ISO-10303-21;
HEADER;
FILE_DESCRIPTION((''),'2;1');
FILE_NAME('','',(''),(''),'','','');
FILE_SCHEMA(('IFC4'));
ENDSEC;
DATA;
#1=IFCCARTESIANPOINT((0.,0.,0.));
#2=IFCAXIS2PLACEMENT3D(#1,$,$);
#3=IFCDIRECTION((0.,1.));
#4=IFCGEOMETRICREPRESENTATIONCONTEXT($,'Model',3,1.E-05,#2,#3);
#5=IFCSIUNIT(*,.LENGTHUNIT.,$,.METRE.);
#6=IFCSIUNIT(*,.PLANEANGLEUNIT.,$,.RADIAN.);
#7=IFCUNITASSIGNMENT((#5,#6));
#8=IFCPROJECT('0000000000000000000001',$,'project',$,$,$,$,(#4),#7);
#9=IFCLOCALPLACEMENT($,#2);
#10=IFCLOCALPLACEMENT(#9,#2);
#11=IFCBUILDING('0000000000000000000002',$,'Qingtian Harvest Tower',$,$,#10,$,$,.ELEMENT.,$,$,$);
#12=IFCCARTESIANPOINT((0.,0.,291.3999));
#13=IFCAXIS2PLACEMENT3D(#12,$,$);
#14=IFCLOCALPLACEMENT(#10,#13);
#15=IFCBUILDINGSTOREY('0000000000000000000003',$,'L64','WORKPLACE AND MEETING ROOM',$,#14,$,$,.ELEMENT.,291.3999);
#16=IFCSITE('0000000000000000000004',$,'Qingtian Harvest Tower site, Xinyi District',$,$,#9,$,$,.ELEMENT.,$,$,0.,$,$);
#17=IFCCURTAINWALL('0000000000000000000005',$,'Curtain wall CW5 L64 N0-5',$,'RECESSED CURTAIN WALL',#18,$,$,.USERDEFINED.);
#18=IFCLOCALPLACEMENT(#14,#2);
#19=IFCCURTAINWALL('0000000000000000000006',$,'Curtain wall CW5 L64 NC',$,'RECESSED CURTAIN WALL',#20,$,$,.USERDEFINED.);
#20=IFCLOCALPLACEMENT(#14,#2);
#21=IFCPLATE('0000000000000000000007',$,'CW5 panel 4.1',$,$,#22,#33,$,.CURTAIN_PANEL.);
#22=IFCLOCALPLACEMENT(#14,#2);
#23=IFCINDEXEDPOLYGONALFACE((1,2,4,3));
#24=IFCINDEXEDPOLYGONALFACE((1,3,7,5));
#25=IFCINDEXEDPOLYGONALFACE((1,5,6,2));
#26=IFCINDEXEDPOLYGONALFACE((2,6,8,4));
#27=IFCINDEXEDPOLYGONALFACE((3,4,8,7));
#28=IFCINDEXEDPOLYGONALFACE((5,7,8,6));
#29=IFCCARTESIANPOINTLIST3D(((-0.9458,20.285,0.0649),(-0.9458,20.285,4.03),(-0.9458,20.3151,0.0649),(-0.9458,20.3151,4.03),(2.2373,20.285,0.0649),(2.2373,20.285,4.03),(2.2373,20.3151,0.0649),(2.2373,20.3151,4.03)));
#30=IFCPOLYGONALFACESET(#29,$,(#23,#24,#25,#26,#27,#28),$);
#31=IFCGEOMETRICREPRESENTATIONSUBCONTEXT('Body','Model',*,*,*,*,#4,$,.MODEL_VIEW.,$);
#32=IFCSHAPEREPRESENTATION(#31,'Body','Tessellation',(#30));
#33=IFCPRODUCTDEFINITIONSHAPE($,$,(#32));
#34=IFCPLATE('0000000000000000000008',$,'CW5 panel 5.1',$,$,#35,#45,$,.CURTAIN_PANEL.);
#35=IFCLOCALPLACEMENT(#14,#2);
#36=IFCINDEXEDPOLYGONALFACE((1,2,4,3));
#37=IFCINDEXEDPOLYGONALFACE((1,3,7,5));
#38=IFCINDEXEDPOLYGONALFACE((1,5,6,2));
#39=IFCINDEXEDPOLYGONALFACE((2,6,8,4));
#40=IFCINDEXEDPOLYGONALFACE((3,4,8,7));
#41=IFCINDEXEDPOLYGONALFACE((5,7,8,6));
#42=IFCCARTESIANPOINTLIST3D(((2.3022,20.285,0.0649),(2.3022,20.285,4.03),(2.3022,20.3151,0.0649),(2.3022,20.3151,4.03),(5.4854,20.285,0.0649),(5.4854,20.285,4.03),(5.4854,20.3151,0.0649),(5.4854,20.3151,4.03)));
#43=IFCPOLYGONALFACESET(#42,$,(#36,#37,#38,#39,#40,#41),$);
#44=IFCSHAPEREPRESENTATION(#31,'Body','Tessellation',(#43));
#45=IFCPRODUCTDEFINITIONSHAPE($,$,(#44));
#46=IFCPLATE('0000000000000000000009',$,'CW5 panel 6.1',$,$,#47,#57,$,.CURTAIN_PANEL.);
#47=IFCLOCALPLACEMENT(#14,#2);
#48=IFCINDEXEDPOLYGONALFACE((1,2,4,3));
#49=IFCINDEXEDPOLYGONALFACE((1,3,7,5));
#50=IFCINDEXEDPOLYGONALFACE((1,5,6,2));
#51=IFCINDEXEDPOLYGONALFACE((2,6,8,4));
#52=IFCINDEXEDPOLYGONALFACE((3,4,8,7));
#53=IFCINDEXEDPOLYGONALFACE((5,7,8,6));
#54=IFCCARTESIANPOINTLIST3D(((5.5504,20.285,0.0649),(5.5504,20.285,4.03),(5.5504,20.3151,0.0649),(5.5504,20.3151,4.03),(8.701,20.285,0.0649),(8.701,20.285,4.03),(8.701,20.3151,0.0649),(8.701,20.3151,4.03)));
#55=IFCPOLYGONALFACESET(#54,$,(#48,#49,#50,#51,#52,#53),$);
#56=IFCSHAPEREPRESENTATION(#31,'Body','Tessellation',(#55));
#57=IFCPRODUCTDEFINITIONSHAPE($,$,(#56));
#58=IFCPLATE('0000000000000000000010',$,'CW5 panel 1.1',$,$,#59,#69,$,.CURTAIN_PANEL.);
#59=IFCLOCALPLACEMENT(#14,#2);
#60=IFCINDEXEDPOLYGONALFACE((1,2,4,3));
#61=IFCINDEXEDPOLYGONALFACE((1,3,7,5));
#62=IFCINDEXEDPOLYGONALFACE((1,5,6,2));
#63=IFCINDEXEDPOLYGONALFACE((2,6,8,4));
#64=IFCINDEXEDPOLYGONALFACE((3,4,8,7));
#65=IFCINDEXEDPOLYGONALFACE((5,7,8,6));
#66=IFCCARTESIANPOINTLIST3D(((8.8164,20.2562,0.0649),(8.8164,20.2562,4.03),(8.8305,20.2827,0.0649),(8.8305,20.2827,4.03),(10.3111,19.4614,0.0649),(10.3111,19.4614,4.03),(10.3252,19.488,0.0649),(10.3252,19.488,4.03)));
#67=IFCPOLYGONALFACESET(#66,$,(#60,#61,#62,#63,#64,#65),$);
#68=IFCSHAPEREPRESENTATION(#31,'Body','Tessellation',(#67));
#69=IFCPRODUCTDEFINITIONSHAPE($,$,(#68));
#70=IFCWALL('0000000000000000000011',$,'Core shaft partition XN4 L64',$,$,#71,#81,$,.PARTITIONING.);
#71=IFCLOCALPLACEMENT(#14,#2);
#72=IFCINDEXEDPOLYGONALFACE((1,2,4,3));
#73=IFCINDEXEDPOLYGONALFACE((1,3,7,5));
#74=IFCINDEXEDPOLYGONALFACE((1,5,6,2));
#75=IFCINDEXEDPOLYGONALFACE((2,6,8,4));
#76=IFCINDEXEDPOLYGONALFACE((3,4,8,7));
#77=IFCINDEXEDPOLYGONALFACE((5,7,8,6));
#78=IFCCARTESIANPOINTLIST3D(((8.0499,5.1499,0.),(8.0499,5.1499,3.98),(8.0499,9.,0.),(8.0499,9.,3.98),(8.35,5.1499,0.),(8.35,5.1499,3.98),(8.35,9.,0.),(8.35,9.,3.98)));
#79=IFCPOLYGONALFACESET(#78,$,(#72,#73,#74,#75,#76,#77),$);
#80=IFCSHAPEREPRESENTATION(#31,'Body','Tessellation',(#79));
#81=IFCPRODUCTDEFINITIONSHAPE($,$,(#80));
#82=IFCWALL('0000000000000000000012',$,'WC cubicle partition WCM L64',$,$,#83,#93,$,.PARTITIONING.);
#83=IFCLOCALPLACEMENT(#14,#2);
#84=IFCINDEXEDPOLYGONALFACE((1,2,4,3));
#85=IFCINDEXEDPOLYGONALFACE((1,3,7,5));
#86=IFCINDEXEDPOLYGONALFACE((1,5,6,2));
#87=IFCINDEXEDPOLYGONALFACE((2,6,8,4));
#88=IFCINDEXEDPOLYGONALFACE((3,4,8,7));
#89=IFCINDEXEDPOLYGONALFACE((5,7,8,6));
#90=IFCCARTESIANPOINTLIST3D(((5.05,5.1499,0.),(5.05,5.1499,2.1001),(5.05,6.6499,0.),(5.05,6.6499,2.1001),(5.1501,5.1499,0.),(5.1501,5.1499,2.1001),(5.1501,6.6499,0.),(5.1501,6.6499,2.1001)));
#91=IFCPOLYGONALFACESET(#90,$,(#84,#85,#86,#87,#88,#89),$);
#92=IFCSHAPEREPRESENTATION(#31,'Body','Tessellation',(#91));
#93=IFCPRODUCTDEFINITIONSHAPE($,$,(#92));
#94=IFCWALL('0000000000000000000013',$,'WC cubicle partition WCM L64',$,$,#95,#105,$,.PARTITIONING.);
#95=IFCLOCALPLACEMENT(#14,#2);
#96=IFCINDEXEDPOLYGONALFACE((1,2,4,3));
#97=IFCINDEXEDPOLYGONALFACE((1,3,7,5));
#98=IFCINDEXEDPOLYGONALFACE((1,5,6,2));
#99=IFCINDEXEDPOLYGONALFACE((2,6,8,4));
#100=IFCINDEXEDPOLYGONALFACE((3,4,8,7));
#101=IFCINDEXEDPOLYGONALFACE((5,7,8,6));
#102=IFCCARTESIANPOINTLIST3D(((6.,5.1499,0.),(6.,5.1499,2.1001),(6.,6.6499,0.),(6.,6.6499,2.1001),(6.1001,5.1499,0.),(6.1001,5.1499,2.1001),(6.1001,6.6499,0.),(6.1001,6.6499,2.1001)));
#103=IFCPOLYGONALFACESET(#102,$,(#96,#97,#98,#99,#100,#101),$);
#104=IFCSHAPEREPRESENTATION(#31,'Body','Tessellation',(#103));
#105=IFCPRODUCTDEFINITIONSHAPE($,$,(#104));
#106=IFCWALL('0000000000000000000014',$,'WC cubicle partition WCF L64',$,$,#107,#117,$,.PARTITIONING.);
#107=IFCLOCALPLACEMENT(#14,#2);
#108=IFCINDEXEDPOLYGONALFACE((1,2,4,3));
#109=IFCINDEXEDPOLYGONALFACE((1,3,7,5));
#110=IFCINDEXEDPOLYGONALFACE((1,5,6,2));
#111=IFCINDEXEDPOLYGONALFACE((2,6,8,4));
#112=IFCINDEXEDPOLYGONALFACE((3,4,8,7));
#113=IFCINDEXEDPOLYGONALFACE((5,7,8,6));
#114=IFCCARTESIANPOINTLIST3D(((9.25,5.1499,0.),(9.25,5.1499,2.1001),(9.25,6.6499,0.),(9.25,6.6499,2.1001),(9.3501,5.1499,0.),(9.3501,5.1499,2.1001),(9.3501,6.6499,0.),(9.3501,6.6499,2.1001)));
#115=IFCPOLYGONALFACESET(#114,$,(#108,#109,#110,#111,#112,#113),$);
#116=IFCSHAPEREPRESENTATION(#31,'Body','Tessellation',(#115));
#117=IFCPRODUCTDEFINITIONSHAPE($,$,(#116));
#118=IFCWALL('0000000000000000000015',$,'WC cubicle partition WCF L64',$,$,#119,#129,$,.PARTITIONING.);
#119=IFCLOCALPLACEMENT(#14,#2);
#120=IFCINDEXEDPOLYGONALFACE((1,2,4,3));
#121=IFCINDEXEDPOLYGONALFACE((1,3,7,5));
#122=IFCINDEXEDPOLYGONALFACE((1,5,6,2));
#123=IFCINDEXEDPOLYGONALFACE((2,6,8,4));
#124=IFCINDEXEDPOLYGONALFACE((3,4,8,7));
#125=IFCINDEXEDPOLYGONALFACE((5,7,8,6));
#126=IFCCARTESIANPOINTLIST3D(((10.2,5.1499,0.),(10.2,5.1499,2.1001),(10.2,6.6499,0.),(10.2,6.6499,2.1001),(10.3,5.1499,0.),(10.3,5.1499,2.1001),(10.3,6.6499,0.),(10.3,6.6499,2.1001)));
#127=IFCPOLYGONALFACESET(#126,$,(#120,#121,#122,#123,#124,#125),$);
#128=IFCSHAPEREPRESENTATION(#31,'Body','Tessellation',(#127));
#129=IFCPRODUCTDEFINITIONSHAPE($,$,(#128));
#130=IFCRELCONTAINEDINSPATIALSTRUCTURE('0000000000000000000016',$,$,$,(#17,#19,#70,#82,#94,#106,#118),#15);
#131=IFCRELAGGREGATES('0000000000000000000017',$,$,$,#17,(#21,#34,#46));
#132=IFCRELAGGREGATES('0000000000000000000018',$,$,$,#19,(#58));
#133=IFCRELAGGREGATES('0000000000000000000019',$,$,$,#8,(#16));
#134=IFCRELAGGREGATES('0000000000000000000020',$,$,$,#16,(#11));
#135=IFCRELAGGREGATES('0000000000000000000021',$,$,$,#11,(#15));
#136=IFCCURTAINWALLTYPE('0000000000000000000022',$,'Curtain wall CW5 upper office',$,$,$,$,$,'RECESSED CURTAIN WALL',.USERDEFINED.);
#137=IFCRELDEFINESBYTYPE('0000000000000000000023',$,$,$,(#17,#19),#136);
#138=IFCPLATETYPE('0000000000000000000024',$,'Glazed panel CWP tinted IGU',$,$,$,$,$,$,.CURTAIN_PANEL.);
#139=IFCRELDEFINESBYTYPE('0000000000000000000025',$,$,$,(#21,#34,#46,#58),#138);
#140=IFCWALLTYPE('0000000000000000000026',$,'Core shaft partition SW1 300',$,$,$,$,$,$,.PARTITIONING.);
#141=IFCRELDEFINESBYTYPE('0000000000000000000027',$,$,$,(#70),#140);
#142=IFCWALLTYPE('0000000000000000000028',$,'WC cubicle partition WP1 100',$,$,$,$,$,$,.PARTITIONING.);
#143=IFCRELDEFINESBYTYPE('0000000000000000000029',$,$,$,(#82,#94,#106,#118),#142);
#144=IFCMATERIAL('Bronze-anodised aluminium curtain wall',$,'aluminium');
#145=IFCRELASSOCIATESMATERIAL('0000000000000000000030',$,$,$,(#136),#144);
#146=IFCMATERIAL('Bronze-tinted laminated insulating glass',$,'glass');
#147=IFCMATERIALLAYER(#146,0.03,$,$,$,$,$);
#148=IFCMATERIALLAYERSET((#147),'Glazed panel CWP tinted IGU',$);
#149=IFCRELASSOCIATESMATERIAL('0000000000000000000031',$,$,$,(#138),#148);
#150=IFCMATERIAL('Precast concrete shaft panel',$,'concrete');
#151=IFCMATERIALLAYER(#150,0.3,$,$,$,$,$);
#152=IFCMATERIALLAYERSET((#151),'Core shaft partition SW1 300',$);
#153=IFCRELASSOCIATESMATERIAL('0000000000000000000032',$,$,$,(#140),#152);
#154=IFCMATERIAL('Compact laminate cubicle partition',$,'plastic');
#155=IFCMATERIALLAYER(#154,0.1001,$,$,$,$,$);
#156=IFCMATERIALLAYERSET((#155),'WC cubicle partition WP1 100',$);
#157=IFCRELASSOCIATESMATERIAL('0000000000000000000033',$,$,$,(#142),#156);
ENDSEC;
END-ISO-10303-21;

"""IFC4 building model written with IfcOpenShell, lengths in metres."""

from ifc_helpers import new_model, si_unit, direction, frame, frame_2d, origin, origin_2d, place, context, subcontext, project, spatial, rectangle, extrude, material, layer, layer_set, type_object, element, aggregate, save


model = new_model("IFC4")

# Units and contexts
model_context = context("Model", 3, precision=1e-05, world=origin(), true_north=direction((0.0, 1.0)))
body_context = subcontext(model_context, "Body", "Model", "MODEL_VIEW")
ifc_project = project(units=[si_unit("LENGTHUNIT", "METRE"), si_unit("PLANEANGLEUNIT", "RADIAN")], contexts=[model_context])

# Site, building, storey
site_placement = place(None, origin())
site = spatial("IfcSite", under=ifc_project, at=site_placement, Name="Qingtian Harvest Tower site, Xinyi District", CompositionType="ELEMENT", RefElevation=0.0)
building_placement = place(site_placement, origin())
building = spatial("IfcBuilding", under=site, at=building_placement, Name="Qingtian Harvest Tower", CompositionType="ELEMENT")
storey_placement = place(building_placement, frame((0.0, 0.0, 291.3999)))
storey = spatial("IfcBuildingStorey", under=building, at=storey_placement, Name="L64", Description="WORKPLACE AND MEETING ROOM", CompositionType="ELEMENT", Elevation=291.3999)

# Curtain walls
ifc_material_1 = material(Name="Bronze-anodised aluminium curtain wall", Category="aluminium")
curtain_wall_type = type_object("IfcCurtainWallType", Name="Curtain wall CW5 upper office", ElementType="RECESSED CURTAIN WALL", PredefinedType="USERDEFINED", material=ifc_material_1)
curtain_wall_1_placement = place(storey_placement, origin())
curtain_wall_1 = element("IfcCurtainWall", 1, at=curtain_wall_1_placement, inside=storey, type_object=curtain_wall_type, Name="Curtain wall CW5 L64 N0-5", ObjectType="RECESSED CURTAIN WALL", PredefinedType="USERDEFINED")
curtain_wall_2_placement = place(storey_placement, origin())
curtain_wall_2 = element("IfcCurtainWall", 2, at=curtain_wall_2_placement, inside=storey, type_object=curtain_wall_type, Name="Curtain wall CW5 L64 NC", ObjectType="RECESSED CURTAIN WALL", PredefinedType="USERDEFINED")

# Plates
ifc_material_2 = material(Name="Bronze-tinted laminated insulating glass", Category="glass")
ifc_layer_1 = layer(ifc_material_2, 0.03)
ifc_layer_set_1 = layer_set([ifc_layer_1], Name="Glazed panel CWP tinted IGU")
plate_type = type_object("IfcPlateType", Name="Glazed panel CWP tinted IGU", PredefinedType="CURTAIN_PANEL", material=ifc_layer_set_1)
plate_1_placement = place(storey_placement, frame((0.6458, 20.3, 0.0649), z_axis=(0.0, 0.0, 1.0), x_axis=(1.0, 0.0, 0.0)))
plate_1 = element("IfcPlate", 3, at=plate_1_placement, type_object=plate_type, Name="CW5 panel 4.1", PredefinedType="CURTAIN_PANEL", context=body_context, shape_type="SweptSolid", body=[
    extrude(rectangle(XDim=3.1831, YDim=0.03, at=origin_2d()), origin(), (0.0, 0.0, 1.0), 3.9651),
])
plate_2_placement = place(storey_placement, frame((3.8938, 20.3, 0.0649), z_axis=(0.0, 0.0, 1.0), x_axis=(1.0, 0.0, 0.0)))
plate_2 = element("IfcPlate", 4, at=plate_2_placement, type_object=plate_type, Name="CW5 panel 5.1", PredefinedType="CURTAIN_PANEL", context=body_context, shape_type="SweptSolid", body=[
    extrude(rectangle(XDim=3.1831, YDim=0.03, at=origin_2d()), origin(), (0.0, 0.0, 1.0), 3.9651),
])
plate_3_placement = place(storey_placement, frame((7.1257, 20.3, 0.0649), z_axis=(0.0, 0.0, 1.0), x_axis=(1.0, 0.0, 0.0)))
plate_3 = element("IfcPlate", 5, at=plate_3_placement, type_object=plate_type, Name="CW5 panel 6.1", PredefinedType="CURTAIN_PANEL", context=body_context, shape_type="SweptSolid", body=[
    extrude(rectangle(XDim=3.1506, YDim=0.03, at=origin_2d()), origin(), (0.0, 0.0, 1.0), 3.9651),
])
aggregate(curtain_wall_1, [plate_1, plate_2, plate_3])
plate_4_placement = place(storey_placement, frame((9.5708, 19.8721, 0.0649), z_axis=(0.0, 0.0, 1.0), x_axis=(0.882948, -0.469472, 0.0)))
plate_4 = element("IfcPlate", 6, at=plate_4_placement, type_object=plate_type, Name="CW5 panel 1.1", PredefinedType="CURTAIN_PANEL", context=body_context, shape_type="SweptSolid", body=[
    extrude(rectangle(XDim=1.6929, YDim=0.03, at=origin_2d()), origin(), (0.0, 0.0, 1.0), 3.9651),
])
aggregate(curtain_wall_2, [plate_4])

# Walls
ifc_material_3 = material(Name="Precast concrete shaft panel", Category="concrete")
ifc_layer_2 = layer(ifc_material_3, 0.3)
ifc_layer_set_2 = layer_set([ifc_layer_2], Name="Core shaft partition SW1 300")
wall_type_1 = type_object("IfcWallType", Name="Core shaft partition SW1 300", PredefinedType="PARTITIONING", material=ifc_layer_set_2)
wall_placement = place(storey_placement, frame((8.2, 5.1499, 0.0), z_axis=(0.0, 0.0, 1.0), x_axis=(0.0, 1.0, 0.0)))
element("IfcWall", 7, at=wall_placement, inside=storey, type_object=wall_type_1, Name="Core shaft partition XN4 L64", PredefinedType="PARTITIONING", context=body_context, shape_type="SweptSolid", body=[
    extrude(rectangle(XDim=3.8501, YDim=0.3, at=frame_2d((1.925, 0.0))), origin(), (0.0, 0.0, 1.0), 3.98),
])
ifc_material_4 = material(Name="Compact laminate cubicle partition", Category="plastic")
ifc_layer_3 = layer(ifc_material_4, 0.1001)
ifc_layer_set_3 = layer_set([ifc_layer_3], Name="WC cubicle partition WP1 100")
wall_type_2 = type_object("IfcWallType", Name="WC cubicle partition WP1 100", PredefinedType="PARTITIONING", material=ifc_layer_set_3)
for number, where, z_axis, x_axis, name in (
    (8, (5.1001, 5.1499, 0.0), (0.0, 0.0, 1.0), (0.0, 1.0, 0.0), "WC cubicle partition WCM L64"),
    (9, (6.05, 5.1499, 0.0), (0.0, 0.0, 1.0), (0.0, 1.0, 0.0), "WC cubicle partition WCM L64"),
    (10, (9.3, 5.1499, 0.0), (0.0, 0.0, 1.0), (0.0, 1.0, 0.0), "WC cubicle partition WCF L64"),
    (11, (10.25, 5.1499, 0.0), (0.0, 0.0, 1.0), (0.0, 1.0, 0.0), "WC cubicle partition WCF L64"),
):
    element("IfcWall", number, at=place(storey_placement, frame(where, z_axis=z_axis, x_axis=x_axis)), inside=storey, type_object=wall_type_2, Name=name, PredefinedType="PARTITIONING", context=body_context, shape_type="SweptSolid", body=[
        extrude(rectangle(XDim=1.5, YDim=0.1001, at=frame_2d((0.75, 0.0))), origin(), (0.0, 0.0, 1.0), 2.1001),
    ])

save(model, "model.ifc")
